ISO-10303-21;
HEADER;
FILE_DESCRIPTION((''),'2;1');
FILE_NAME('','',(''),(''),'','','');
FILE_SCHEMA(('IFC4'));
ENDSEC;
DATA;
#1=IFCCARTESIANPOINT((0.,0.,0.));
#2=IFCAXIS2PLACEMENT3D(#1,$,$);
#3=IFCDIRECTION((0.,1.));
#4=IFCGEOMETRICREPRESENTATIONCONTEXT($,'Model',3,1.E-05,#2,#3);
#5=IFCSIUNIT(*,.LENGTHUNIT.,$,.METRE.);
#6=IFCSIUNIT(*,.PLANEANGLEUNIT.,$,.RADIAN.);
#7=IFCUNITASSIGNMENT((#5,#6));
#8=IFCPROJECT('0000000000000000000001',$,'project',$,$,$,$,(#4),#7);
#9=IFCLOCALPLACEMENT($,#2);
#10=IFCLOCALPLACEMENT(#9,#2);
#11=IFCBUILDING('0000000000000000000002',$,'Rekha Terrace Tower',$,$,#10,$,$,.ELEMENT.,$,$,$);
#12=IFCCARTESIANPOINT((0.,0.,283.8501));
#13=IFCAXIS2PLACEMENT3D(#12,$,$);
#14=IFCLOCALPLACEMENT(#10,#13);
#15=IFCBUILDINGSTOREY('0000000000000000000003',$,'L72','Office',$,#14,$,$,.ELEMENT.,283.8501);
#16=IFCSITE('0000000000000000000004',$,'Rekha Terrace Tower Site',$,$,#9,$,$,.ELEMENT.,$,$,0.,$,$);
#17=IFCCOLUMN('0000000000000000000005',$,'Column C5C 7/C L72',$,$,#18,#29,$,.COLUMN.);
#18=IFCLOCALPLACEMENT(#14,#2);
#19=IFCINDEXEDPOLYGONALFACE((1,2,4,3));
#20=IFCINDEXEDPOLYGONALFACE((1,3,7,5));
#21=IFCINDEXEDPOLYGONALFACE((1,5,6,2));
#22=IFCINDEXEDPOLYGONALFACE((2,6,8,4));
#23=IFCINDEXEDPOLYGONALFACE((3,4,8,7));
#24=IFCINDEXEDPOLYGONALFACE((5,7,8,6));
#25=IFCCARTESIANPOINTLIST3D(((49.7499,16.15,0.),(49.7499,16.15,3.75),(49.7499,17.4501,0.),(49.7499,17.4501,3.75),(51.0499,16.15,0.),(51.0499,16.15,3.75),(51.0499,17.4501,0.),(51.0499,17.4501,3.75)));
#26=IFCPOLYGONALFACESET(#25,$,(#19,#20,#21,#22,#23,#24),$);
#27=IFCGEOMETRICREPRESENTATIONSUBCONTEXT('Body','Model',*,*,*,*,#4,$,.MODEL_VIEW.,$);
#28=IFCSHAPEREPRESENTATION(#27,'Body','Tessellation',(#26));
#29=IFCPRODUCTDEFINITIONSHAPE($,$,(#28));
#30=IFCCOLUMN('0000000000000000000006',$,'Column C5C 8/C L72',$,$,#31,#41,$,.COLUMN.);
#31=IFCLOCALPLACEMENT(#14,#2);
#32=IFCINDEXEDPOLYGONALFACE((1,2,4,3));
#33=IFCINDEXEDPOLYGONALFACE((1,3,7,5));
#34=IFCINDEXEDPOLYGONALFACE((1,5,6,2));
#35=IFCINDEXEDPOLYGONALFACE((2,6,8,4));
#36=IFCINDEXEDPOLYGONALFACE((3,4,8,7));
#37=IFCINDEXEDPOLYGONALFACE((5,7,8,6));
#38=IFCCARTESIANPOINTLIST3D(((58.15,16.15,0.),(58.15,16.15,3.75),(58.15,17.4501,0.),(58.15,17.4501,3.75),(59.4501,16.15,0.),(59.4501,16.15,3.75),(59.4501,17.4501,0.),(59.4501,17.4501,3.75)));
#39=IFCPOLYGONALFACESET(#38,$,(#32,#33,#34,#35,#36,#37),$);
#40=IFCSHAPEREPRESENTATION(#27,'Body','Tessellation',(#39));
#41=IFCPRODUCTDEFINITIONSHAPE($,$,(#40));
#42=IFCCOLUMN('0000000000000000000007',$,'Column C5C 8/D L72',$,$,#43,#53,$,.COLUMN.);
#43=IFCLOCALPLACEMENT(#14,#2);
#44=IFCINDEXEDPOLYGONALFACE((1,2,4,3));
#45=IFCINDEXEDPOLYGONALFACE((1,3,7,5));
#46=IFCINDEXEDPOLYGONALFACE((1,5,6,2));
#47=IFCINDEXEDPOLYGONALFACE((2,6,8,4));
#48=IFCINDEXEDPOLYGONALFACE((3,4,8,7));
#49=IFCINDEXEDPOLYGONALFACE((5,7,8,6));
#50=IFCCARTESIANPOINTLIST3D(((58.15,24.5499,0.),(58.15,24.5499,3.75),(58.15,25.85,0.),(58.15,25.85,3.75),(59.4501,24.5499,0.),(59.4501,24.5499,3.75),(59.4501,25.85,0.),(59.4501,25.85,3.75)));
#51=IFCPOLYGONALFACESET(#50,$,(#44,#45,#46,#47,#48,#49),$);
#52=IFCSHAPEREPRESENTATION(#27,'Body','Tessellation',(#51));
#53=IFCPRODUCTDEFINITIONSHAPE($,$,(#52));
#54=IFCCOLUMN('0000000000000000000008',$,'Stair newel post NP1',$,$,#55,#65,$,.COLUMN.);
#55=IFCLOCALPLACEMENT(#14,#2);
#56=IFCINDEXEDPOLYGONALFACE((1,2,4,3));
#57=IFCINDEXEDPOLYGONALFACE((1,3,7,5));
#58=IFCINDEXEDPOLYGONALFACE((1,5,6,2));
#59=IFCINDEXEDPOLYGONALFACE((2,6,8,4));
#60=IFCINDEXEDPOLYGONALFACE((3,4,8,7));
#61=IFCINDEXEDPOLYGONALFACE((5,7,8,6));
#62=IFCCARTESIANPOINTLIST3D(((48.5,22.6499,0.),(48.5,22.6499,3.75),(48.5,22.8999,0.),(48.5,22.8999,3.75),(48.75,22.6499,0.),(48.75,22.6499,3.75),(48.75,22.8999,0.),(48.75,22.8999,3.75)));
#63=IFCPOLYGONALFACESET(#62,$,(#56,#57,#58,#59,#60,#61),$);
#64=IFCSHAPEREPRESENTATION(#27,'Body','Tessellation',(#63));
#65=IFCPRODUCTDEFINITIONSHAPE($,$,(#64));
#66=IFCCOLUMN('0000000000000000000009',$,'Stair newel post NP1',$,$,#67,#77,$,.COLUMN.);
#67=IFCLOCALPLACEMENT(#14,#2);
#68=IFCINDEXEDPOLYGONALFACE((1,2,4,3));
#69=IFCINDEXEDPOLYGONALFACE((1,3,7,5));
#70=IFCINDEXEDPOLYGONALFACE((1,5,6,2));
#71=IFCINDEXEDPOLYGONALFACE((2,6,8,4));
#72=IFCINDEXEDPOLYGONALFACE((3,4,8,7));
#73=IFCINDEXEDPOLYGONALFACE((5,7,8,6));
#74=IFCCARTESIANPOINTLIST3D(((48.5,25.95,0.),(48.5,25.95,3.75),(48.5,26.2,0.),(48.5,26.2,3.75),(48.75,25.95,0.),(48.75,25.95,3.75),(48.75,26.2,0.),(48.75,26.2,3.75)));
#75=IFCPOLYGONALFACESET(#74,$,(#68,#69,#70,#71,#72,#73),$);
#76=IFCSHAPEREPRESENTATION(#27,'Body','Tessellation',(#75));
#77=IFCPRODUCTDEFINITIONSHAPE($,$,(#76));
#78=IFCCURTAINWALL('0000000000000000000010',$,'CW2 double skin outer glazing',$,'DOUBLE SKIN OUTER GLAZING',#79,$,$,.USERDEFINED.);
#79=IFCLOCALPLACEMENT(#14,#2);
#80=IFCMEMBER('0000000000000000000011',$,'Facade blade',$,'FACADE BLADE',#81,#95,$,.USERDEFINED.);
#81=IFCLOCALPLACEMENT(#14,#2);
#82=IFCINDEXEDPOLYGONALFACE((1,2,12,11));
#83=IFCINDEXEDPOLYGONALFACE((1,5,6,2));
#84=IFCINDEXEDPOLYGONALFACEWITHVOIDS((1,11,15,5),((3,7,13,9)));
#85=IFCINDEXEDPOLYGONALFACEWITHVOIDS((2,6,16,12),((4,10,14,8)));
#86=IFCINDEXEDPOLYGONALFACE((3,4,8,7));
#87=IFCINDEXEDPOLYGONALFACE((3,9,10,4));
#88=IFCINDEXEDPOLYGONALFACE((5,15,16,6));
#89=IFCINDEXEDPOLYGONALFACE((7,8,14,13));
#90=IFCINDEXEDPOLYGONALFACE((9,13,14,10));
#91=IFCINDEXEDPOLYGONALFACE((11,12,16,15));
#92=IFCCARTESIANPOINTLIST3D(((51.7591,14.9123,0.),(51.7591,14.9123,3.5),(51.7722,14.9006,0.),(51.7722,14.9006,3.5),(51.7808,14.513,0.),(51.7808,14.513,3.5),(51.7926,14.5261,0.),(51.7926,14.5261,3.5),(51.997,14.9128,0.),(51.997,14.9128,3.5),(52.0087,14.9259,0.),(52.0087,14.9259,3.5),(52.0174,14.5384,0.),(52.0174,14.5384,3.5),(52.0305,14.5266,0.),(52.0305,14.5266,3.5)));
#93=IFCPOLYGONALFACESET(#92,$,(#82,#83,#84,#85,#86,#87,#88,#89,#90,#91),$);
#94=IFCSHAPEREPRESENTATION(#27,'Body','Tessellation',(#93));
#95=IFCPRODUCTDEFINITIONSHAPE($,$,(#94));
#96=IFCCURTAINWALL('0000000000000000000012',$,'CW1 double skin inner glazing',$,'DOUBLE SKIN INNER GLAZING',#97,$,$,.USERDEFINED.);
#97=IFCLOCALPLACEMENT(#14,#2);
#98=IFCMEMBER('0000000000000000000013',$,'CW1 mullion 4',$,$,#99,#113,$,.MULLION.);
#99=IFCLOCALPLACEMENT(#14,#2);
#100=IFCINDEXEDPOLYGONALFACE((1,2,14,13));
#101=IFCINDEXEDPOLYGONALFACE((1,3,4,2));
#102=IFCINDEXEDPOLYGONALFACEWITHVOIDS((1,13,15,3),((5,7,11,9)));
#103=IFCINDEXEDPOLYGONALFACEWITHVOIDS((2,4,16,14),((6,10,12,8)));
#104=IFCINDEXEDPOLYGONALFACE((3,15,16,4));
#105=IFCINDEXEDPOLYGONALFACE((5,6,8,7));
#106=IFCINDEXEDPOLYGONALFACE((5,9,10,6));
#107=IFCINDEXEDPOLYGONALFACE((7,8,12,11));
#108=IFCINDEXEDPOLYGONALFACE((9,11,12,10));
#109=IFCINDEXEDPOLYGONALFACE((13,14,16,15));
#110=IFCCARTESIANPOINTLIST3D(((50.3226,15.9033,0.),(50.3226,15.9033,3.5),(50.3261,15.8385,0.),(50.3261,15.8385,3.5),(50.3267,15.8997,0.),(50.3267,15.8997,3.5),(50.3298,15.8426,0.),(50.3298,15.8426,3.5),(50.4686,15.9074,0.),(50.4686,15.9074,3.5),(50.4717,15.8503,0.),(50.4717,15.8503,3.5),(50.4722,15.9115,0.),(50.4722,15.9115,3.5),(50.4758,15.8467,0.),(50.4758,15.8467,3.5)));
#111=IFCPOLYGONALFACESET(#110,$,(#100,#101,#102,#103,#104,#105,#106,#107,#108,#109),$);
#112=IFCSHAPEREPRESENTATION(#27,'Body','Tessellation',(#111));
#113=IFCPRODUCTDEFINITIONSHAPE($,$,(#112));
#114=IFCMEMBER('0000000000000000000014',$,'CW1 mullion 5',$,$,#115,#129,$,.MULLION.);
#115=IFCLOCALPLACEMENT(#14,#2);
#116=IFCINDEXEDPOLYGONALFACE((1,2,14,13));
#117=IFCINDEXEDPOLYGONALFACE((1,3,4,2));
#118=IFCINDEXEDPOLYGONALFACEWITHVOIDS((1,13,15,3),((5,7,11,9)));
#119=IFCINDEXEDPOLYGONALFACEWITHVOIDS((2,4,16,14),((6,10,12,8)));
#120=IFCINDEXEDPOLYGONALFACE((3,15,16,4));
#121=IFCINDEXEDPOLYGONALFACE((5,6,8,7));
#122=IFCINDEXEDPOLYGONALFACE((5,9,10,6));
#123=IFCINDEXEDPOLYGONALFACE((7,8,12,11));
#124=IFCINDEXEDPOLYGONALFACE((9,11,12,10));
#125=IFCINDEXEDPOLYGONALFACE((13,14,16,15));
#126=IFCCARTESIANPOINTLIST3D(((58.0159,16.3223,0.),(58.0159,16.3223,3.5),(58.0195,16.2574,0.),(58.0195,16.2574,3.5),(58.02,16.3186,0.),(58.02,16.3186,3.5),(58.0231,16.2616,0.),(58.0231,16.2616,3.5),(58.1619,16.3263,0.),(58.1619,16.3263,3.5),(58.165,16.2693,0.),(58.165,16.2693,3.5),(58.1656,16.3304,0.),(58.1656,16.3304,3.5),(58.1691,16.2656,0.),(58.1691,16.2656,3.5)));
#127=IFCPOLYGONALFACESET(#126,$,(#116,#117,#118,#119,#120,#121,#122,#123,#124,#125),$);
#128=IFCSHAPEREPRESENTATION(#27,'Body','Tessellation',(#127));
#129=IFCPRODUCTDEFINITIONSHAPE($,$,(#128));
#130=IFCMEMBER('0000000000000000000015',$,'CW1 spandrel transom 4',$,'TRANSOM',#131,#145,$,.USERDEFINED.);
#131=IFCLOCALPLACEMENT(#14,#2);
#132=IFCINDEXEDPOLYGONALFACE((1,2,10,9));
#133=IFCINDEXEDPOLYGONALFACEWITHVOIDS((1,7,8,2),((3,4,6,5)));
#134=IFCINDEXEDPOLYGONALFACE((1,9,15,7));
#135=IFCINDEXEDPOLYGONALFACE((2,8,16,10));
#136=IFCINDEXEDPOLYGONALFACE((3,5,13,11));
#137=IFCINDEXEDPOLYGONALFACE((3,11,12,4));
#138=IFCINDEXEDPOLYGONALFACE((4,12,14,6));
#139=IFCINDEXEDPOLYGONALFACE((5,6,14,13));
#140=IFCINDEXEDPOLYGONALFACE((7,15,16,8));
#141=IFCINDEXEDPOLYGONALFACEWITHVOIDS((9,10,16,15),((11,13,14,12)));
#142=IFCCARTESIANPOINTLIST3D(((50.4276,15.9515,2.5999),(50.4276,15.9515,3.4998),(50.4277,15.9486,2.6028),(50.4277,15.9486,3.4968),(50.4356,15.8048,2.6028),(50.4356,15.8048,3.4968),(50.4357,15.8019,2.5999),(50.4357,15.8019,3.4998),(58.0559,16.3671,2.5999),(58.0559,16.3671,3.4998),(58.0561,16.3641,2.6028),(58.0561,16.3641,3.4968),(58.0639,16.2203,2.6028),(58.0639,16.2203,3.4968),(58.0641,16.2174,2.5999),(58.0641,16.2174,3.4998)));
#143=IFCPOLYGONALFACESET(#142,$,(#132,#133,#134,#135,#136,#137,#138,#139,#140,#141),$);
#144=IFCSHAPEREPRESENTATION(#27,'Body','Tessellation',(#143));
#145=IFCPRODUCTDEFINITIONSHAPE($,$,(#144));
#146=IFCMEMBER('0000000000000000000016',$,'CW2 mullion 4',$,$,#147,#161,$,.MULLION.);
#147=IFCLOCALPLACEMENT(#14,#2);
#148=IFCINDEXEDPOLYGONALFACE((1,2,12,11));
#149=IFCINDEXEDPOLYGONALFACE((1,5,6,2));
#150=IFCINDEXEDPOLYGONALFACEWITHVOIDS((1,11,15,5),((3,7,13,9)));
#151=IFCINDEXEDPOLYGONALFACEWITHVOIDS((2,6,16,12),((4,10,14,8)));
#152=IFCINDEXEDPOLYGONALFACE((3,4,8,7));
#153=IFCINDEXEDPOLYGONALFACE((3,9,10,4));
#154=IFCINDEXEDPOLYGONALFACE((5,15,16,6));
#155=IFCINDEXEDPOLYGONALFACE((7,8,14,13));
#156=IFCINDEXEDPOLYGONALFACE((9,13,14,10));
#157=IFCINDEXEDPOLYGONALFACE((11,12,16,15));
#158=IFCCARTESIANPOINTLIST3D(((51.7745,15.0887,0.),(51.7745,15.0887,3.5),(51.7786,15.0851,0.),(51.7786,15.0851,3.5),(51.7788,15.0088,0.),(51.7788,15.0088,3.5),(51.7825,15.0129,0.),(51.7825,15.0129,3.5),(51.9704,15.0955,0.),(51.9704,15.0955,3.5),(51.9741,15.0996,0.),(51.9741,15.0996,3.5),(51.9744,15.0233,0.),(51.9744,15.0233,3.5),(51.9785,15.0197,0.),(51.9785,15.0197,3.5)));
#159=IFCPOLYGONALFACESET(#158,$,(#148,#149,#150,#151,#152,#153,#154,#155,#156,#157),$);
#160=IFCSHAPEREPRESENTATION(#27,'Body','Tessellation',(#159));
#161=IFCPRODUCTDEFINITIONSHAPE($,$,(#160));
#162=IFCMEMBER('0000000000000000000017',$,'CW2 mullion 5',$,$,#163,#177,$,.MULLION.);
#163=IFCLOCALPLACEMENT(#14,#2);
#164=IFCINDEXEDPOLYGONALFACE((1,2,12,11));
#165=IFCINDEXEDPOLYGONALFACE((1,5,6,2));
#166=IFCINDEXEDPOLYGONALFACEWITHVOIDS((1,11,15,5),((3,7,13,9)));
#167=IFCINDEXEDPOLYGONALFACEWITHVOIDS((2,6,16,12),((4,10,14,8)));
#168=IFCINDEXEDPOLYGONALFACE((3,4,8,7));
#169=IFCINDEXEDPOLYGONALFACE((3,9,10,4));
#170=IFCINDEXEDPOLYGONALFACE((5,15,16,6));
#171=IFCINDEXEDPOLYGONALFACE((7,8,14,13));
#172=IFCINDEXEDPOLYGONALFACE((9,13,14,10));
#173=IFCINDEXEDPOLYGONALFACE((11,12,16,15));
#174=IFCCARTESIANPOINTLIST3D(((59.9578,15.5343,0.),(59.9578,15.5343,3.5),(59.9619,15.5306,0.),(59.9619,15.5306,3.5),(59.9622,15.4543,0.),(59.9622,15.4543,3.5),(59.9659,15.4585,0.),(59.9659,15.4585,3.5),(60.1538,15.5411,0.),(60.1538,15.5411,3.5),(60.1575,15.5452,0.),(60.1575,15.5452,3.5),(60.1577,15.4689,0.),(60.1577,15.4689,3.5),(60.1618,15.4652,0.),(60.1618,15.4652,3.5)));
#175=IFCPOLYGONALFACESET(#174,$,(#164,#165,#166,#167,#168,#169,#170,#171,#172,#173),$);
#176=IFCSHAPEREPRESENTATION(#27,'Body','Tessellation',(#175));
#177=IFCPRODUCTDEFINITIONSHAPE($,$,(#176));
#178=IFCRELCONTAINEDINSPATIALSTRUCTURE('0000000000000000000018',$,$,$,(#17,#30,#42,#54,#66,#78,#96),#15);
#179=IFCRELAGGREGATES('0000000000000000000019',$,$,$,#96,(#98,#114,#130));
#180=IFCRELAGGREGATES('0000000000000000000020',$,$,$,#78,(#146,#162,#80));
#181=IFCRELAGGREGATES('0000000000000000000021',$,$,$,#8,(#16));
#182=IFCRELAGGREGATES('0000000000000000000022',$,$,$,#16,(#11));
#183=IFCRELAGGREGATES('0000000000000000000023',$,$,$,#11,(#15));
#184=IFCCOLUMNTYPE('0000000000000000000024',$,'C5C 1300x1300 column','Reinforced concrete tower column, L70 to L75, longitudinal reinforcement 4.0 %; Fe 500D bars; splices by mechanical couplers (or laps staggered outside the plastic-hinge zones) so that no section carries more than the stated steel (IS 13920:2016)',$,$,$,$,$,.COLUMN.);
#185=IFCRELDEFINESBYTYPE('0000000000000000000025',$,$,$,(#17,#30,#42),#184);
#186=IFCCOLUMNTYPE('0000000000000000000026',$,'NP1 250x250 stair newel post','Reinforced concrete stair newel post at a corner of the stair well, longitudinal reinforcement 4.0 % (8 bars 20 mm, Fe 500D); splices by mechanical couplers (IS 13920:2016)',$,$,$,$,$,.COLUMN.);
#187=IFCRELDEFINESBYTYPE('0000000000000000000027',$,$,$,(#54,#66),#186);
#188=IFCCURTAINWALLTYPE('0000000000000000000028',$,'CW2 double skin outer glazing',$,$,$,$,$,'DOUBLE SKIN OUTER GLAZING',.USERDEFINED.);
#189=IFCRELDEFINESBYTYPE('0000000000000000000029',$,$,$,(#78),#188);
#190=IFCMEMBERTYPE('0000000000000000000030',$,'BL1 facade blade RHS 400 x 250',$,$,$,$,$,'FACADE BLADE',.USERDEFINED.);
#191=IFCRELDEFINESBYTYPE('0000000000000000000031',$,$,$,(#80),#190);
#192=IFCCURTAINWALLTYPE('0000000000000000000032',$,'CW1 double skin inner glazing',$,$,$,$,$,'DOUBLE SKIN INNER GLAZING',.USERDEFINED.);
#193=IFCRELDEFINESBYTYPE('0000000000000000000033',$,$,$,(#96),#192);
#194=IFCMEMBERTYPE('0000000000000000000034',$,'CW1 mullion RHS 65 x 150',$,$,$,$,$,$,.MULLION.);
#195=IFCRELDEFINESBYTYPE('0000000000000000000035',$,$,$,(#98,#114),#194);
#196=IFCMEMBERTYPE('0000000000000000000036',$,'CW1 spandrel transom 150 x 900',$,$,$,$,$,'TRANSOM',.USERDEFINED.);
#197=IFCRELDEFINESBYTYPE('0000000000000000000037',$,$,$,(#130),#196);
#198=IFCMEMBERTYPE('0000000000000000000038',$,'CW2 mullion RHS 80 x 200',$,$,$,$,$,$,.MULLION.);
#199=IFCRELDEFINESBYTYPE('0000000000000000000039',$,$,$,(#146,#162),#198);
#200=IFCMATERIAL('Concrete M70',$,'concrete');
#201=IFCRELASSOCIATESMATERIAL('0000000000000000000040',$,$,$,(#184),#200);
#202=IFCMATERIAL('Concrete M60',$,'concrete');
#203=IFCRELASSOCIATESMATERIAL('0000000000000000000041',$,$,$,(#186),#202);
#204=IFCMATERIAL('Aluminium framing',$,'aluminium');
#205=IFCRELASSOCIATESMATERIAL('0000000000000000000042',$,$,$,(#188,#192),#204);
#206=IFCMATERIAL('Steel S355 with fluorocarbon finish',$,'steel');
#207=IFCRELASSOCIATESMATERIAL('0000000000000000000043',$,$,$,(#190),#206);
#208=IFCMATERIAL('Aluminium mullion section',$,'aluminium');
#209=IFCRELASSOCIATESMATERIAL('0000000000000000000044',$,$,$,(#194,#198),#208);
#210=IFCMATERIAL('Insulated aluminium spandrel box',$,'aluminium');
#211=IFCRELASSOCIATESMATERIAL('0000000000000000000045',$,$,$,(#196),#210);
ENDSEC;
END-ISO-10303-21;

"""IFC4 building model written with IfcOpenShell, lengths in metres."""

from ifc_helpers import new_model, si_unit, direction, frame, origin, origin_2d, place, context, subcontext, project, spatial, rectangle, hollow_rectangle, extrude, material, material_profile, profile_set, type_object, element, aggregate, save


model = new_model("IFC4")

# Units and contexts
model_context = context("Model", 3, precision=1e-05, world=origin(), true_north=direction((0.0, 1.0)))
body_context = subcontext(model_context, "Body", "Model", "MODEL_VIEW")
ifc_project = project(units=[si_unit("LENGTHUNIT", "METRE"), si_unit("PLANEANGLEUNIT", "RADIAN")], contexts=[model_context])

# Site, building, storey
site_placement = place(None, origin())
site = spatial("IfcSite", under=ifc_project, at=site_placement, Name="Rekha Terrace Tower Site", CompositionType="ELEMENT", RefElevation=0.0)
building_placement = place(site_placement, origin())
building = spatial("IfcBuilding", under=site, at=building_placement, Name="Rekha Terrace Tower", CompositionType="ELEMENT")
storey_placement = place(building_placement, frame((0.0, 0.0, 283.8501)))
storey = spatial("IfcBuildingStorey", under=building, at=storey_placement, Name="L72", Description="Office", CompositionType="ELEMENT", Elevation=283.8501)

# Columns
ifc_material_1 = material(Name="Concrete M70", Category="concrete")
ifc_material_profile_1 = material_profile(ifc_material_1, rectangle(XDim=1.3, YDim=1.3, at=origin_2d()), Name="RC 1300x1300")
ifc_profile_set_1 = profile_set([ifc_material_profile_1], Name="Concrete M70")
column_type_1 = type_object("IfcColumnType", Name="C5C 1300x1300 column", Description="Reinforced concrete tower column, L70 to L75, longitudinal reinforcement 4.0 %; Fe 500D bars; splices by mechanical couplers (or laps staggered outside the plastic-hinge zones) so that no section carries more than the stated steel (IS 13920:2016)", PredefinedType="COLUMN", material=ifc_profile_set_1)
for number, where, z_axis, x_axis, name in (
    (1, (50.3999, 16.8, 0.0), (0.0, 0.0, 1.0), (1.0, 0.0, 0.0), "Column C5C 7/C L72"),
    (2, (58.8, 16.8, 0.0), (0.0, 0.0, 1.0), (1.0, 0.0, 0.0), "Column C5C 8/C L72"),
    (3, (58.8, 25.2, 0.0), (0.0, 0.0, 1.0), (1.0, 0.0, 0.0), "Column C5C 8/D L72"),
):
    element("IfcColumn", number, at=place(storey_placement, frame(where, z_axis=z_axis, x_axis=x_axis)), inside=storey, type_object=column_type_1, Name=name, PredefinedType="COLUMN", context=body_context, shape_type="SweptSolid", body=[
        extrude(rectangle(XDim=1.3, YDim=1.3, at=origin_2d()), origin(), (0.0, 0.0, 1.0), 3.75),
    ])
ifc_material_2 = material(Name="Concrete M60", Category="concrete")
ifc_material_profile_2 = material_profile(ifc_material_2, rectangle(XDim=0.25, YDim=0.25, at=origin_2d()), Name="RC 250x250")
ifc_profile_set_2 = profile_set([ifc_material_profile_2], Name="Concrete M60")
column_type_2 = type_object("IfcColumnType", Name="NP1 250x250 stair newel post", Description="Reinforced concrete stair newel post at a corner of the stair well, longitudinal reinforcement 4.0 % (8 bars 20 mm, Fe 500D); splices by mechanical couplers (IS 13920:2016)", PredefinedType="COLUMN", material=ifc_profile_set_2)
for number, where, z_axis, x_axis, name in (
    (4, (48.625, 22.7749, 0.0), (0.0, 0.0, 1.0), (1.0, 0.0, 0.0), "Stair newel post NP1"),
    (5, (48.625, 26.075, 0.0), (0.0, 0.0, 1.0), (1.0, 0.0, 0.0), "Stair newel post NP1"),
):
    element("IfcColumn", number, at=place(storey_placement, frame(where, z_axis=z_axis, x_axis=x_axis)), inside=storey, type_object=column_type_2, Name=name, PredefinedType="COLUMN", context=body_context, shape_type="SweptSolid", body=[
        extrude(rectangle(XDim=0.25, YDim=0.25, at=origin_2d()), origin(), (0.0, 0.0, 1.0), 3.75),
    ])

# Curtain wall, member
ifc_material_3 = material(Name="Aluminium framing", Category="aluminium")
curtain_wall_type_1 = type_object("IfcCurtainWallType", Name="CW2 double skin outer glazing", ElementType="DOUBLE SKIN OUTER GLAZING", PredefinedType="USERDEFINED", material=ifc_material_3)
curtain_wall_1_placement = place(storey_placement, origin())
curtain_wall_1 = element("IfcCurtainWall", 6, at=curtain_wall_1_placement, inside=storey, type_object=curtain_wall_type_1, Name="CW2 double skin outer glazing", ObjectType="DOUBLE SKIN OUTER GLAZING", PredefinedType="USERDEFINED")
ifc_material_4 = material(Name="Steel S355 with fluorocarbon finish", Category="steel")
ifc_material_profile_3 = material_profile(ifc_material_4, hollow_rectangle(XDim=0.25, YDim=0.3999, WallThickness=0.0125, at=origin_2d()), Name="RHS400x250x12.5")
ifc_profile_set_3 = profile_set([ifc_material_profile_3], Name="Steel S355 with fluorocarbon finish")
member_type_1 = type_object("IfcMemberType", Name="BL1 facade blade RHS 400 x 250", ElementType="FACADE BLADE", PredefinedType="USERDEFINED", material=ifc_profile_set_3)
member_1_placement = place(storey_placement, frame((51.8948, 14.7195, 0.0), z_axis=(0.0, 0.0, 1.0), x_axis=(0.99852, 0.054389, 0.0)))
member_1 = element("IfcMember", 7, at=member_1_placement, type_object=member_type_1, Name="Facade blade", ObjectType="FACADE BLADE", PredefinedType="USERDEFINED", context=body_context, shape_type="SweptSolid", body=[
    extrude(hollow_rectangle(XDim=0.25, YDim=0.3999, WallThickness=0.0125, at=origin_2d()), origin(), (0.0, 0.0, 1.0), 3.5),
])

# Curtain wall, members
curtain_wall_type_2 = type_object("IfcCurtainWallType", Name="CW1 double skin inner glazing", ElementType="DOUBLE SKIN INNER GLAZING", PredefinedType="USERDEFINED", material=ifc_material_3)
curtain_wall_2_placement = place(storey_placement, origin())
curtain_wall_2 = element("IfcCurtainWall", 8, at=curtain_wall_2_placement, inside=storey, type_object=curtain_wall_type_2, Name="CW1 double skin inner glazing", ObjectType="DOUBLE SKIN INNER GLAZING", PredefinedType="USERDEFINED")
ifc_material_5 = material(Name="Aluminium mullion section", Category="aluminium")
ifc_material_profile_4 = material_profile(ifc_material_5, hollow_rectangle(XDim=0.0649, YDim=0.1499, WallThickness=0.0039, at=origin_2d()), Name="AL RHS 65x150")
ifc_profile_set_4 = profile_set([ifc_material_profile_4], Name="Aluminium mullion section")
member_type_2 = type_object("IfcMemberType", Name="CW1 mullion RHS 65 x 150", PredefinedType="MULLION", material=ifc_profile_set_4)
member_2_placement = place(storey_placement, frame((50.3992, 15.875, 0.0), z_axis=(0.0, 0.0, 1.0), x_axis=(-0.054389, 0.99852, 0.0)))
member_2 = element("IfcMember", 9, at=member_2_placement, type_object=member_type_2, Name="CW1 mullion 4", PredefinedType="MULLION", context=body_context, shape_type="SweptSolid", body=[
    extrude(hollow_rectangle(XDim=0.0649, YDim=0.1499, WallThickness=0.0039, at=origin_2d()), origin(), (0.0, 0.0, 1.0), 3.5),
])
member_3_placement = place(storey_placement, frame((58.0925, 16.2939, 0.0), z_axis=(0.0, 0.0, 1.0), x_axis=(-0.054389, 0.99852, 0.0)))
member_3 = element("IfcMember", 10, at=member_3_placement, type_object=member_type_2, Name="CW1 mullion 5", PredefinedType="MULLION", context=body_context, shape_type="SweptSolid", body=[
    extrude(hollow_rectangle(XDim=0.0649, YDim=0.1499, WallThickness=0.0039, at=origin_2d()), origin(), (0.0, 0.0, 1.0), 3.5),
])
ifc_material_6 = material(Name="Insulated aluminium spandrel box", Category="aluminium")
ifc_material_profile_5 = material_profile(ifc_material_6, hollow_rectangle(XDim=0.1499, YDim=0.8999, WallThickness=0.0029, at=origin_2d()), Name="AL SPANDREL BOX 150x900")
ifc_profile_set_5 = profile_set([ifc_material_profile_5], Name="Insulated aluminium spandrel box")
member_type_3 = type_object("IfcMemberType", Name="CW1 spandrel transom 150 x 900", ElementType="TRANSOM", PredefinedType="USERDEFINED", material=ifc_profile_set_5)
member_4_placement = place(storey_placement, frame((50.4316, 15.8767, 3.0498), z_axis=(0.99852, 0.05439, 0.0), x_axis=(-0.05439, 0.99852, 0.0)))
member_4 = element("IfcMember", 11, at=member_4_placement, type_object=member_type_3, Name="CW1 spandrel transom 4", ObjectType="TRANSOM", PredefinedType="USERDEFINED", context=body_context, shape_type="SweptSolid", body=[
    extrude(hollow_rectangle(XDim=0.1499, YDim=0.8999, WallThickness=0.0029, at=origin_2d()), origin(), (0.0, 0.0, 1.0), 7.6396),
])

# Members
ifc_material_profile_6 = material_profile(ifc_material_5, hollow_rectangle(XDim=0.0801, YDim=0.2, WallThickness=0.0039, at=origin_2d()), Name="AL RHS 80x200")
ifc_profile_set_6 = profile_set([ifc_material_profile_6], Name="Aluminium mullion section")
member_type_4 = type_object("IfcMemberType", Name="CW2 mullion RHS 80 x 200", PredefinedType="MULLION", material=ifc_profile_set_6)
member_5_placement = place(storey_placement, frame((51.8765, 15.0542, 0.0), z_axis=(0.0, 0.0, 1.0), x_axis=(-0.054389, 0.99852, 0.0)))
member_5 = element("IfcMember", 12, at=member_5_placement, type_object=member_type_4, Name="CW2 mullion 4", PredefinedType="MULLION", context=body_context, shape_type="SweptSolid", body=[
    extrude(hollow_rectangle(XDim=0.0801, YDim=0.2, WallThickness=0.0039, at=origin_2d()), origin(), (0.0, 0.0, 1.0), 3.5),
])
member_6_placement = place(storey_placement, frame((60.0598, 15.4998, 0.0), z_axis=(0.0, 0.0, 1.0), x_axis=(-0.054389, 0.99852, 0.0)))
member_6 = element("IfcMember", 13, at=member_6_placement, type_object=member_type_4, Name="CW2 mullion 5", PredefinedType="MULLION", context=body_context, shape_type="SweptSolid", body=[
    extrude(hollow_rectangle(XDim=0.0801, YDim=0.2, WallThickness=0.0039, at=origin_2d()), origin(), (0.0, 0.0, 1.0), 3.5),
])

aggregate(curtain_wall_2, [member_2, member_3, member_4])
aggregate(curtain_wall_1, [member_5, member_6, member_1])

save(model, "model.ifc")
